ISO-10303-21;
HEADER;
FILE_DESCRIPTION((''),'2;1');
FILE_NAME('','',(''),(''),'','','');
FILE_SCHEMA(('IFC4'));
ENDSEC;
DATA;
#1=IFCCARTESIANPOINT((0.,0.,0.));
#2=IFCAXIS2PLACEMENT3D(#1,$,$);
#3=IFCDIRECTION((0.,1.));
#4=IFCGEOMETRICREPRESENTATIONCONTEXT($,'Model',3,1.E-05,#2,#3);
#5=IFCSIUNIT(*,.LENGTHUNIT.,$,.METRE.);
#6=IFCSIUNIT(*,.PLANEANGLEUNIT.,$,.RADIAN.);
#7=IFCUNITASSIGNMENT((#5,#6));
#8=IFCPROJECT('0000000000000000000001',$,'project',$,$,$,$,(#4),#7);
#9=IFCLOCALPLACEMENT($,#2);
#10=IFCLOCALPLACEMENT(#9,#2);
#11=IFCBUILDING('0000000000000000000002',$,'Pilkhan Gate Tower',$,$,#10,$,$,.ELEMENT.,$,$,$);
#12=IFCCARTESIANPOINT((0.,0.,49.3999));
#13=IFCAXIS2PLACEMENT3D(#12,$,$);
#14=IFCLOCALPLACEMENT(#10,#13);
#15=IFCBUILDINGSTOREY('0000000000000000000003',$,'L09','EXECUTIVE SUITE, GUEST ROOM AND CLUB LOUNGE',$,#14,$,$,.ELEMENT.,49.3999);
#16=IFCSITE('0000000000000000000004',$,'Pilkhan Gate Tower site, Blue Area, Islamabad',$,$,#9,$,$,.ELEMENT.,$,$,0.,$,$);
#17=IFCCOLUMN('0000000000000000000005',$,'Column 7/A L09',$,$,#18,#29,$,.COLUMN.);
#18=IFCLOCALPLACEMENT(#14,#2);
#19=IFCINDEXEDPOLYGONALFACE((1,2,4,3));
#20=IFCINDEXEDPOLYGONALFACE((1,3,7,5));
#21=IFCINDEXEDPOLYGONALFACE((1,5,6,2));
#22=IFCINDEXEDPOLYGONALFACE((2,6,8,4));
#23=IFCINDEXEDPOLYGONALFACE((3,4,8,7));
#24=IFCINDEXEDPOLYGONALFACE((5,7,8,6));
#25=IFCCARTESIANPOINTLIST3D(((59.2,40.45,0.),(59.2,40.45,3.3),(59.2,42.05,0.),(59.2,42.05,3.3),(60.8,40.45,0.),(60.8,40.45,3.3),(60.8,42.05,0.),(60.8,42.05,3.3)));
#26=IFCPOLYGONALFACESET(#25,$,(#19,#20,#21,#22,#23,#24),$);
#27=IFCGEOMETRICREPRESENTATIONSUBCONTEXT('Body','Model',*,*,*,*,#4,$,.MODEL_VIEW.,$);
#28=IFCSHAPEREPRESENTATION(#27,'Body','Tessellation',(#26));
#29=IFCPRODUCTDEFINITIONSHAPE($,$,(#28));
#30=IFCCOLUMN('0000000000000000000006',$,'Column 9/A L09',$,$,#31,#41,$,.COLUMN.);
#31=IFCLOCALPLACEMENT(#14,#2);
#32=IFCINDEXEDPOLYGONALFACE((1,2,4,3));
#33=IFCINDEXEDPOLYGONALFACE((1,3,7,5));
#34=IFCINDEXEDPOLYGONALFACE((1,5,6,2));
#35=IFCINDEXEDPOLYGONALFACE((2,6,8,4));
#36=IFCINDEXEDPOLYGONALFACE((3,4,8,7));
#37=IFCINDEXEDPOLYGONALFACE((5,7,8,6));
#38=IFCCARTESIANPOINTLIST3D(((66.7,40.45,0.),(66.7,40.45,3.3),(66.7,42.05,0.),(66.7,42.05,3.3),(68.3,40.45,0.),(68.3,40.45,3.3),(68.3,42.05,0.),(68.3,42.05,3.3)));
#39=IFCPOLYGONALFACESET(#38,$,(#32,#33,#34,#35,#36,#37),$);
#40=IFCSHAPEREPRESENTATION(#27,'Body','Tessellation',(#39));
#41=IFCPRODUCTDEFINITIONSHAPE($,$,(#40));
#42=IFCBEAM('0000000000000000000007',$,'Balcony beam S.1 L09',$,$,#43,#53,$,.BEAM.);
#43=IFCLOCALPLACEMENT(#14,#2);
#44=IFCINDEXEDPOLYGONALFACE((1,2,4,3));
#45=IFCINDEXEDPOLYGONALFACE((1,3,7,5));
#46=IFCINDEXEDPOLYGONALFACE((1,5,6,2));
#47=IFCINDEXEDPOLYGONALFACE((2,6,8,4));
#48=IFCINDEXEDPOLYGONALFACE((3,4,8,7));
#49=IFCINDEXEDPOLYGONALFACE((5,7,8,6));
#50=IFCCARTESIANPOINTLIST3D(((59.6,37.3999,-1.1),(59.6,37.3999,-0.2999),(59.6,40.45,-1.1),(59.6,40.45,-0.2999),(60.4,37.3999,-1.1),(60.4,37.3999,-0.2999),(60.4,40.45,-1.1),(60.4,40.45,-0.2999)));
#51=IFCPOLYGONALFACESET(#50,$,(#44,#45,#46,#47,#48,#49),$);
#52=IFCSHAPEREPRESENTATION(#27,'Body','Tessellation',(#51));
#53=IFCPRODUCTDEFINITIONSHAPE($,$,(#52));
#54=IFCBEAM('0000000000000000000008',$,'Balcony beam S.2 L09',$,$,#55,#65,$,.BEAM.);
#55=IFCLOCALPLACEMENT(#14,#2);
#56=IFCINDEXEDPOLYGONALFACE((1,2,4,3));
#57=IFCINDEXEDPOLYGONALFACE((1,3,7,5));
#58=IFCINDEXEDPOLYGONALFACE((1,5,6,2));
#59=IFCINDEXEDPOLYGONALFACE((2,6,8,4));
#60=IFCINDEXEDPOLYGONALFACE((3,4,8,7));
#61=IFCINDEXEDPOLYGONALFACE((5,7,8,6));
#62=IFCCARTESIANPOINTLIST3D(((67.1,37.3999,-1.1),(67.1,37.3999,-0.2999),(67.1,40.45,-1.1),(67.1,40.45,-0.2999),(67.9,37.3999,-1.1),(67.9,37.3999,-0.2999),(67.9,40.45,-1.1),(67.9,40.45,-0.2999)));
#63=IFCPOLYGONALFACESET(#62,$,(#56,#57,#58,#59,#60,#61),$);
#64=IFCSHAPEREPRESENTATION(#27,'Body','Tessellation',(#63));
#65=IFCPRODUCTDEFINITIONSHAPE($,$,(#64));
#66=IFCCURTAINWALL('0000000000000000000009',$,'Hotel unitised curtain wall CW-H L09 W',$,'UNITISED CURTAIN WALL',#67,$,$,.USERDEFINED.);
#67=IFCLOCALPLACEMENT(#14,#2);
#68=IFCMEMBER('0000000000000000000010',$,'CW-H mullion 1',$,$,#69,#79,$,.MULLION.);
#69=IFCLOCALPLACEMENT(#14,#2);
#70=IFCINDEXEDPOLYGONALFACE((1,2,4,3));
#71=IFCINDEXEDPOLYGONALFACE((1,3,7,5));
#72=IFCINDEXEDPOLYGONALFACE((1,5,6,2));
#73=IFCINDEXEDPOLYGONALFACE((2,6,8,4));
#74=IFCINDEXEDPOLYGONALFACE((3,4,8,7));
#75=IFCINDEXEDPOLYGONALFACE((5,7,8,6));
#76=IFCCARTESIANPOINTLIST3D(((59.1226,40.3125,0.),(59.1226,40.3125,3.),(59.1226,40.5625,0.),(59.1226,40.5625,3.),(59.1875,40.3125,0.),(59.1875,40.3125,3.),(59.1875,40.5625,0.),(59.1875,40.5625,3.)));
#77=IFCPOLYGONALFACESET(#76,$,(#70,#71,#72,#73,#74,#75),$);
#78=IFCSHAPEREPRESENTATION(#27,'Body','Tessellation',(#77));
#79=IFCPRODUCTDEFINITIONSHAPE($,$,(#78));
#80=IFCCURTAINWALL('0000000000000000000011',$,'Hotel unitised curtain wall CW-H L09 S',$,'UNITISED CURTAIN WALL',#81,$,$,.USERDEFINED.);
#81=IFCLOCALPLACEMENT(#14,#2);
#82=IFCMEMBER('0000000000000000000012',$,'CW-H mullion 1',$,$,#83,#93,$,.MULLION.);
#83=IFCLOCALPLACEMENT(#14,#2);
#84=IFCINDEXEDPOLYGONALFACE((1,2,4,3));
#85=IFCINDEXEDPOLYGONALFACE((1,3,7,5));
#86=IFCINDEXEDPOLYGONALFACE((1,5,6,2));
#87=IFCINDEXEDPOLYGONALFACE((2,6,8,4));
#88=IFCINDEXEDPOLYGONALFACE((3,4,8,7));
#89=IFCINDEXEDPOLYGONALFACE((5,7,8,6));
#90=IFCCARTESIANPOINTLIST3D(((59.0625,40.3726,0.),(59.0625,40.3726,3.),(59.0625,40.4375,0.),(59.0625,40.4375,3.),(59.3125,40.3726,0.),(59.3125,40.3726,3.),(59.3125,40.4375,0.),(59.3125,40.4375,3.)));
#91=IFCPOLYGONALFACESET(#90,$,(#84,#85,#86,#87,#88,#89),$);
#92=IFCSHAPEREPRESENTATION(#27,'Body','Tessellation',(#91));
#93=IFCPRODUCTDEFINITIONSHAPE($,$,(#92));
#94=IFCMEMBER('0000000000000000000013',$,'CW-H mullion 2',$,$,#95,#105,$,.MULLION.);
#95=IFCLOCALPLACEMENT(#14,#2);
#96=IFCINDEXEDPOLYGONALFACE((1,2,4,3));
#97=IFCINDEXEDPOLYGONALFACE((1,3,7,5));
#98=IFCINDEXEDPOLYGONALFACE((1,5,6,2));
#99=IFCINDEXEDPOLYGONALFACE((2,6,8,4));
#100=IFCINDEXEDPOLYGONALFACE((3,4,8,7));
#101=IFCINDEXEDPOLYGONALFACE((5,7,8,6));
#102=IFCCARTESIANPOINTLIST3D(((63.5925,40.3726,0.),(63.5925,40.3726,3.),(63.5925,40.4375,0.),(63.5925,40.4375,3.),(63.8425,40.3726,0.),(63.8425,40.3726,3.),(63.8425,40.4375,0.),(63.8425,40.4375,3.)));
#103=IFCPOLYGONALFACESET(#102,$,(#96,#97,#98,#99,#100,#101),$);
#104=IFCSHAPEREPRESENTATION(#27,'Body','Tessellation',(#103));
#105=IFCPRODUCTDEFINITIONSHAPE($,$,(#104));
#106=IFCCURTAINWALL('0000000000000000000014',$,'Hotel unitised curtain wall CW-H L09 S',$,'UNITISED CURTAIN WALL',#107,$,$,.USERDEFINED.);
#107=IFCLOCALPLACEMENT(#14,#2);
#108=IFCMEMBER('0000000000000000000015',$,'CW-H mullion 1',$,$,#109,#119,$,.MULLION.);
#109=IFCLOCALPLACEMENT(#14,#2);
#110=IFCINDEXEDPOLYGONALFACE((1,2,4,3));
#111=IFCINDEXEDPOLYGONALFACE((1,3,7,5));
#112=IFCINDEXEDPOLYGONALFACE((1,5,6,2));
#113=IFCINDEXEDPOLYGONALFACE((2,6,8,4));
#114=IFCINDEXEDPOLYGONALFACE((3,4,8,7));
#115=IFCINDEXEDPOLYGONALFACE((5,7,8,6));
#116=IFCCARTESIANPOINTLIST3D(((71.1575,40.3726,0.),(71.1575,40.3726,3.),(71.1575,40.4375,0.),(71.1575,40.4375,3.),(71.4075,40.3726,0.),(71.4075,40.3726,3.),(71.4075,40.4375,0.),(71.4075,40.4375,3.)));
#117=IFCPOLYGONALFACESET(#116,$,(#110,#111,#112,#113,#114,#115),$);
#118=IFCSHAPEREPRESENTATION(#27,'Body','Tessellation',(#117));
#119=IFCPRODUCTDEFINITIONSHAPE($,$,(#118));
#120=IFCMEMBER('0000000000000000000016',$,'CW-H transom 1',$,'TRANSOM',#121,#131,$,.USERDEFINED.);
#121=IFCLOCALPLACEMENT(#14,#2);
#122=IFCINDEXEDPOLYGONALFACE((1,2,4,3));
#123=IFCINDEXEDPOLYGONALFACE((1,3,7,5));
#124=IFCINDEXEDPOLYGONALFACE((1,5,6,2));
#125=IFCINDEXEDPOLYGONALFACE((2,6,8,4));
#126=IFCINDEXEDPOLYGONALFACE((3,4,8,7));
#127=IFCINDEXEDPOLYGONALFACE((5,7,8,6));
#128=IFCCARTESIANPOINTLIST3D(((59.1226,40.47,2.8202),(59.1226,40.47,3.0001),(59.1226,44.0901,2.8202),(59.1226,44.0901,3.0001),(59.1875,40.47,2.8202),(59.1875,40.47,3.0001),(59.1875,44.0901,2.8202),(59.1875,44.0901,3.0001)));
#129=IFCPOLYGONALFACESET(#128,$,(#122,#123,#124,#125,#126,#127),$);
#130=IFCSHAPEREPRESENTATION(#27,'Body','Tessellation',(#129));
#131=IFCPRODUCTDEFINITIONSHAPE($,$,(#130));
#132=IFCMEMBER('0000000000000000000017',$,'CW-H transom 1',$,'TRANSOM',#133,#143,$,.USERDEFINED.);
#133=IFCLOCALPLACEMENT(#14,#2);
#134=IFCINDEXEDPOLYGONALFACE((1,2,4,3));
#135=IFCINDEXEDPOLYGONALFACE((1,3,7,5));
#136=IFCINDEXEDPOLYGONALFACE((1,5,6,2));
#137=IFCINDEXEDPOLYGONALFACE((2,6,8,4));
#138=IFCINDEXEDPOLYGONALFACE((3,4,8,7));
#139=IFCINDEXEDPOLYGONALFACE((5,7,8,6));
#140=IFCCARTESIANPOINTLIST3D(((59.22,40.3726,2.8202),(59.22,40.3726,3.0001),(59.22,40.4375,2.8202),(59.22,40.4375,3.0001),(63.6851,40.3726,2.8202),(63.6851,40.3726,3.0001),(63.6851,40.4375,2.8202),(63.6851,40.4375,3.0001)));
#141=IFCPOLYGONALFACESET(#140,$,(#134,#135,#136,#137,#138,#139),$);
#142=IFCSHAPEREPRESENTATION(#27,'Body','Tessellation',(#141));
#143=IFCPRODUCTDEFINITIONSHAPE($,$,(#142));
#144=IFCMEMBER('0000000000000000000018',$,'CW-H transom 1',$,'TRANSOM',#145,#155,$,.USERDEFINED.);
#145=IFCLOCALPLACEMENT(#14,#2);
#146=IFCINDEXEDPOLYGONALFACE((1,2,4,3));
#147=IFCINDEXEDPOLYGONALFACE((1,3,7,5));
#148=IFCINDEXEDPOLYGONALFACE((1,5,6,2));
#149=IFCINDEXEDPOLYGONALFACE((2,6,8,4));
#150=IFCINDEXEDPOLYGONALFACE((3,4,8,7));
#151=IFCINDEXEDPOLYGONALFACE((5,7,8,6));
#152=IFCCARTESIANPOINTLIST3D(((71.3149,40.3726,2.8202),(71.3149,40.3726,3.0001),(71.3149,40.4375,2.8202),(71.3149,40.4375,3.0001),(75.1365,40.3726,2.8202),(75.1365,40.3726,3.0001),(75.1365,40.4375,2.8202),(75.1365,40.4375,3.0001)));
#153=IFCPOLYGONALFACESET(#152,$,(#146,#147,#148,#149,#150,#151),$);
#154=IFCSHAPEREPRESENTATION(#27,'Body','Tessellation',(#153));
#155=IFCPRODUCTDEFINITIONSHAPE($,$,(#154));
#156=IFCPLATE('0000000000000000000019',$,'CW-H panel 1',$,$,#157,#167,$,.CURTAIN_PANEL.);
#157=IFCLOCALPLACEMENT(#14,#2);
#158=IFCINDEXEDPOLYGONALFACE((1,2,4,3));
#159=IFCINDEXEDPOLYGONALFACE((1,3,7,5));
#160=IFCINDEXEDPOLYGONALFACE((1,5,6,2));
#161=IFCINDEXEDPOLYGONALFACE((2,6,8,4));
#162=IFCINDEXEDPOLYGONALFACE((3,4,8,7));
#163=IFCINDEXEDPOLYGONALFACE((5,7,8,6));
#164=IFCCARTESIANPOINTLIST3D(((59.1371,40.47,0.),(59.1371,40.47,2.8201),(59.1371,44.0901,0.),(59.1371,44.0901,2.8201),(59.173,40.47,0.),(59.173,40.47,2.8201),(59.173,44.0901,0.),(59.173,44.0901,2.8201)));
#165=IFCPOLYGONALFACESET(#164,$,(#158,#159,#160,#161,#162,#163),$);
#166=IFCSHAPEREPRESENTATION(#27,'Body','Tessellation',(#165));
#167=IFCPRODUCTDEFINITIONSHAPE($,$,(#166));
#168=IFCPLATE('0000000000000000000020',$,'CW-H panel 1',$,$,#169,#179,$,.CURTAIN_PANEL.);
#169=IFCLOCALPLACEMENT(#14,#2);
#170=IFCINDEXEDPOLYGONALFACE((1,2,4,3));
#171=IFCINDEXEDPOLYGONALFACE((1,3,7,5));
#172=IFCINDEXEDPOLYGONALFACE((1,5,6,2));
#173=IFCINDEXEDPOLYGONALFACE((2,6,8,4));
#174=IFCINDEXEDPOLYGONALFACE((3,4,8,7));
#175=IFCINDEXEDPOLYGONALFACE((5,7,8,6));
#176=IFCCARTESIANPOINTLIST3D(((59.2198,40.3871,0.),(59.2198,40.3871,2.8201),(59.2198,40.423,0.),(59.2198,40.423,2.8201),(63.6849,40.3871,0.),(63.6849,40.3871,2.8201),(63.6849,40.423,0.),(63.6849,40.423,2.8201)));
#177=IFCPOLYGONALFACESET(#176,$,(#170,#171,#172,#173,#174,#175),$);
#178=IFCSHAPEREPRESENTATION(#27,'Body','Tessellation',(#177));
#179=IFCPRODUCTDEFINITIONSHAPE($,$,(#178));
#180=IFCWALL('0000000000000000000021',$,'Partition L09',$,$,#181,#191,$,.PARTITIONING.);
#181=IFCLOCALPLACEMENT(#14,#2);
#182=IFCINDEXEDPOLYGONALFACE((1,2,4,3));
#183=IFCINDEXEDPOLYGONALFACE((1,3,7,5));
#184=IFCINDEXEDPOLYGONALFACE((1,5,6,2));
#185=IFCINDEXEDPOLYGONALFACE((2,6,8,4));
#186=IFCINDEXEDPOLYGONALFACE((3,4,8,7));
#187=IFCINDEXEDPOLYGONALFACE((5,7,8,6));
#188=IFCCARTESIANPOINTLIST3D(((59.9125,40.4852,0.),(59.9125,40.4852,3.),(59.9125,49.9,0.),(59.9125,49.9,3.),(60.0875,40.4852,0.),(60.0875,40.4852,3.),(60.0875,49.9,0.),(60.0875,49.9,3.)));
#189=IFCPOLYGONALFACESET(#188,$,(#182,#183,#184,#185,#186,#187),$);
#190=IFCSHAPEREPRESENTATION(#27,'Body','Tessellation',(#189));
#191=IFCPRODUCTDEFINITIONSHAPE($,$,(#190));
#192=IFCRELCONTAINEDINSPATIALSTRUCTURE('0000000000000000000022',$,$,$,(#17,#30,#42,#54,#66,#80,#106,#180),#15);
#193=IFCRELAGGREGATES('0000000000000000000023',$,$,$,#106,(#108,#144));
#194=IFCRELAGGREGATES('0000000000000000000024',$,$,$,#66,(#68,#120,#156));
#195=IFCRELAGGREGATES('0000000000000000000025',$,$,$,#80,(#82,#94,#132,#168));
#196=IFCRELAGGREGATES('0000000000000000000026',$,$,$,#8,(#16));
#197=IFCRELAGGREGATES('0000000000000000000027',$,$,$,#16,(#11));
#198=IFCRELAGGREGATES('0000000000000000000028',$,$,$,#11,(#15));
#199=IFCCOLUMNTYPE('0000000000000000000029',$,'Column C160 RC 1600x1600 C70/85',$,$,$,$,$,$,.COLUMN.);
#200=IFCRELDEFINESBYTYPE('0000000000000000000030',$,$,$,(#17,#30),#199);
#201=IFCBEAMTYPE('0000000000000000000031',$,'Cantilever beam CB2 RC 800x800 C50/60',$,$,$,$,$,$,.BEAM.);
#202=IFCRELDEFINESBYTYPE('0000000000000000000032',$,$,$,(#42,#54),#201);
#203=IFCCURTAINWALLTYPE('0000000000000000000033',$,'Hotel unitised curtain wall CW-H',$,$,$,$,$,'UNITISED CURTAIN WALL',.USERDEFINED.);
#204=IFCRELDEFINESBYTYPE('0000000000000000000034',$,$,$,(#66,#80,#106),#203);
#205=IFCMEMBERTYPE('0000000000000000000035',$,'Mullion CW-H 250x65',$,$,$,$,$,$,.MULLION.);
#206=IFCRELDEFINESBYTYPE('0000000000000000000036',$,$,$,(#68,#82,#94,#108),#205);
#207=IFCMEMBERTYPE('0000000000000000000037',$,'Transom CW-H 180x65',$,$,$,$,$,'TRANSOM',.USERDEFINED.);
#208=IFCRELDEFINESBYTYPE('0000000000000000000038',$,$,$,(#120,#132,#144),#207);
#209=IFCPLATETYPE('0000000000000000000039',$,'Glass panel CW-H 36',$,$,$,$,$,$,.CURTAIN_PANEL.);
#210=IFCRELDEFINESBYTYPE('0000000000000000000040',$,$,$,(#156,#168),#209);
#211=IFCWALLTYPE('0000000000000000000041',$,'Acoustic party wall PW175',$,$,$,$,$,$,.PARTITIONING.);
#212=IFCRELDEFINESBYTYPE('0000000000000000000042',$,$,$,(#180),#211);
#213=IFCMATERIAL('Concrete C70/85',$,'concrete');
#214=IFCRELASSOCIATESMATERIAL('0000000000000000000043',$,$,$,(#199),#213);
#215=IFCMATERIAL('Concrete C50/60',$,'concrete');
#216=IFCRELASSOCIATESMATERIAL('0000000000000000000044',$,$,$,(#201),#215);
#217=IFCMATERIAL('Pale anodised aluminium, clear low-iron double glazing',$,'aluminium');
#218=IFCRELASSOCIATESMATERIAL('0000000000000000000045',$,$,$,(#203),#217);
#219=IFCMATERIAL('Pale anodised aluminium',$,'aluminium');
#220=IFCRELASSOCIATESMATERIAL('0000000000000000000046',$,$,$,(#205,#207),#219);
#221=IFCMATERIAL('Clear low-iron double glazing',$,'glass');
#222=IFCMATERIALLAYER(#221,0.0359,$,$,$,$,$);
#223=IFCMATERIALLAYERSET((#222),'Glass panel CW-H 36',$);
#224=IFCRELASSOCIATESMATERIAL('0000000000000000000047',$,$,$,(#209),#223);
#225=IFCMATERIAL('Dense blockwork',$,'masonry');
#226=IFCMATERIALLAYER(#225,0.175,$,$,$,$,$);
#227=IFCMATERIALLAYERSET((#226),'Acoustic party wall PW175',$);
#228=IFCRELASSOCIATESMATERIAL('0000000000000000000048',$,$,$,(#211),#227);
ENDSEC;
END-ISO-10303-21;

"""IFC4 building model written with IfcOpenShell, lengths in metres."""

from ifc_helpers import new_model, si_unit, direction, frame, frame_2d, origin, origin_2d, place, context, subcontext, project, spatial, rectangle, extrude, material, layer, layer_set, material_profile, profile_set, type_object, element, aggregate, save


model = new_model("IFC4")

# Units and contexts
model_context = context("Model", 3, precision=1e-05, world=origin(), true_north=direction((0.0, 1.0)))
body_context = subcontext(model_context, "Body", "Model", "MODEL_VIEW")
ifc_project = project(units=[si_unit("LENGTHUNIT", "METRE"), si_unit("PLANEANGLEUNIT", "RADIAN")], contexts=[model_context])

# Site, building, storey
site_placement = place(None, origin())
site = spatial("IfcSite", under=ifc_project, at=site_placement, Name="Pilkhan Gate Tower site, Blue Area, Islamabad", CompositionType="ELEMENT", RefElevation=0.0)
building_placement = place(site_placement, origin())
building = spatial("IfcBuilding", under=site, at=building_placement, Name="Pilkhan Gate Tower", CompositionType="ELEMENT")
storey_placement = place(building_placement, frame((0.0, 0.0, 49.3999)))
storey = spatial("IfcBuildingStorey", under=building, at=storey_placement, Name="L09", Description="EXECUTIVE SUITE, GUEST ROOM AND CLUB LOUNGE", CompositionType="ELEMENT", Elevation=49.3999)

# Columns
ifc_material_1 = material(Name="Concrete C70/85", Category="concrete")
ifc_material_profile_1 = material_profile(ifc_material_1, rectangle(XDim=1.6001, YDim=1.6001, at=origin_2d()), Name="RC 1600x1600")
ifc_profile_set_1 = profile_set([ifc_material_profile_1], Name="Concrete C70/85")
column_type = type_object("IfcColumnType", Name="Column C160 RC 1600x1600 C70/85", PredefinedType="COLUMN", material=ifc_profile_set_1)
for number, where, z_axis, x_axis, name in (
    (1, (60.0, 41.25, 0.0), (0.0, 0.0, 1.0), (1.0, 0.0, 0.0), "Column 7/A L09"),
    (2, (67.5, 41.25, 0.0), (0.0, 0.0, 1.0), (1.0, 0.0, 0.0), "Column 9/A L09"),
):
    element("IfcColumn", number, at=place(storey_placement, frame(where, z_axis=z_axis, x_axis=x_axis)), inside=storey, type_object=column_type, Name=name, PredefinedType="COLUMN", context=body_context, shape_type="SweptSolid", body=[
        extrude(rectangle(XDim=1.6001, YDim=1.6001, at=origin_2d()), origin(), (0.0, 0.0, 1.0), 3.3),
    ])

# Beams
ifc_material_2 = material(Name="Concrete C50/60", Category="concrete")
ifc_material_profile_2 = material_profile(ifc_material_2, rectangle(XDim=0.8, YDim=0.8, at=origin_2d()), Name="RC 800x800")
ifc_profile_set_2 = profile_set([ifc_material_profile_2], Name="Concrete C50/60")
beam_type = type_object("IfcBeamType", Name="Cantilever beam CB2 RC 800x800 C50/60", PredefinedType="BEAM", material=ifc_profile_set_2)
for number, where, z_axis, x_axis, name in (
    (3, (60.0, 40.45, -0.7), (0.0, -1.0, 0.0), (1.0, 0.0, 0.0), "Balcony beam S.1 L09"),
    (4, (67.5, 40.45, -0.7), (0.0, -1.0, 0.0), (1.0, 0.0, 0.0), "Balcony beam S.2 L09"),
):
    element("IfcBeam", number, at=place(storey_placement, frame(where, z_axis=z_axis, x_axis=x_axis)), inside=storey, type_object=beam_type, Name=name, PredefinedType="BEAM", context=body_context, shape_type="SweptSolid", body=[
        extrude(rectangle(XDim=0.8, YDim=0.8, at=origin_2d()), origin(), (0.0, 0.0, 1.0), 3.05),
    ])

# Curtain wall, member
ifc_material_3 = material(Name="Pale anodised aluminium, clear low-iron double glazing", Category="aluminium")
curtain_wall_type = type_object("IfcCurtainWallType", Name="Hotel unitised curtain wall CW-H", ElementType="UNITISED CURTAIN WALL", PredefinedType="USERDEFINED", material=ifc_material_3)
curtain_wall_1_placement = place(storey_placement, origin())
curtain_wall_1 = element("IfcCurtainWall", 5, at=curtain_wall_1_placement, inside=storey, type_object=curtain_wall_type, Name="Hotel unitised curtain wall CW-H L09 W", ObjectType="UNITISED CURTAIN WALL", PredefinedType="USERDEFINED")
ifc_material_4 = material(Name="Pale anodised aluminium", Category="aluminium")
ifc_material_profile_3 = material_profile(ifc_material_4, rectangle(XDim=0.0649, YDim=0.25, at=origin_2d()), Name="Mullion 250x65")
ifc_profile_set_3 = profile_set([ifc_material_profile_3], Name="Pale anodised aluminium")
member_type_1 = type_object("IfcMemberType", Name="Mullion CW-H 250x65", PredefinedType="MULLION", material=ifc_profile_set_3)
member_1_placement = place(storey_placement, frame((59.155, 40.4375, 0.0), z_axis=(0.0, 0.0, 1.0), x_axis=(-1.0, 0.0, 0.0)))
member_1 = element("IfcMember", 6, at=member_1_placement, type_object=member_type_1, Name="CW-H mullion 1", PredefinedType="MULLION", context=body_context, shape_type="SweptSolid", body=[
    extrude(rectangle(XDim=0.0649, YDim=0.25, at=origin_2d()), origin(), (0.0, 0.0, 1.0), 3.0),
])

# Curtain wall, members
curtain_wall_2_placement = place(storey_placement, origin())
curtain_wall_2 = element("IfcCurtainWall", 7, at=curtain_wall_2_placement, inside=storey, type_object=curtain_wall_type, Name="Hotel unitised curtain wall CW-H L09 S", ObjectType="UNITISED CURTAIN WALL", PredefinedType="USERDEFINED")
member_2_placement = place(storey_placement, frame((59.1875, 40.405, 0.0), z_axis=(0.0, 0.0, 1.0), x_axis=(0.0, 1.0, 0.0)))
member_2 = element("IfcMember", 8, at=member_2_placement, type_object=member_type_1, Name="CW-H mullion 1", PredefinedType="MULLION", context=body_context, shape_type="SweptSolid", body=[
    extrude(rectangle(XDim=0.0649, YDim=0.25, at=origin_2d()), origin(), (0.0, 0.0, 1.0), 3.0),
])
member_3_placement = place(storey_placement, frame((63.7175, 40.405, 0.0), z_axis=(0.0, 0.0, 1.0), x_axis=(0.0, 1.0, 0.0)))
member_3 = element("IfcMember", 9, at=member_3_placement, type_object=member_type_1, Name="CW-H mullion 2", PredefinedType="MULLION", context=body_context, shape_type="SweptSolid", body=[
    extrude(rectangle(XDim=0.0649, YDim=0.25, at=origin_2d()), origin(), (0.0, 0.0, 1.0), 3.0),
])

# Curtain wall, member
curtain_wall_3_placement = place(storey_placement, origin())
curtain_wall_3 = element("IfcCurtainWall", 10, at=curtain_wall_3_placement, inside=storey, type_object=curtain_wall_type, Name="Hotel unitised curtain wall CW-H L09 S", ObjectType="UNITISED CURTAIN WALL", PredefinedType="USERDEFINED")
member_4_placement = place(storey_placement, frame((71.2825, 40.405, 0.0), z_axis=(0.0, 0.0, 1.0), x_axis=(0.0, 1.0, 0.0)))
member_4 = element("IfcMember", 11, at=member_4_placement, type_object=member_type_1, Name="CW-H mullion 1", PredefinedType="MULLION", context=body_context, shape_type="SweptSolid", body=[
    extrude(rectangle(XDim=0.0649, YDim=0.25, at=origin_2d()), origin(), (0.0, 0.0, 1.0), 3.0),
])

# Members
ifc_material_profile_4 = material_profile(ifc_material_4, rectangle(XDim=0.0649, YDim=0.1799, at=origin_2d()), Name="Transom 180x65")
ifc_profile_set_4 = profile_set([ifc_material_profile_4], Name="Pale anodised aluminium")
member_type_2 = type_object("IfcMemberType", Name="Transom CW-H 180x65", ElementType="TRANSOM", PredefinedType="USERDEFINED", material=ifc_profile_set_4)
member_5_placement = place(storey_placement, frame((59.155, 40.47, 2.9102), z_axis=(0.0, 1.0, 0.0), x_axis=(-1.0, 0.0, 0.0)))
member_5 = element("IfcMember", 12, at=member_5_placement, type_object=member_type_2, Name="CW-H transom 1", ObjectType="TRANSOM", PredefinedType="USERDEFINED", context=body_context, shape_type="SweptSolid", body=[
    extrude(rectangle(XDim=0.0649, YDim=0.1799, at=origin_2d()), origin(), (0.0, 0.0, 1.0), 3.6201),
])
member_6_placement = place(storey_placement, frame((59.22, 40.405, 2.9102), z_axis=(1.0, 0.0, 0.0), x_axis=(0.0, 1.0, 0.0)))
member_6 = element("IfcMember", 13, at=member_6_placement, type_object=member_type_2, Name="CW-H transom 1", ObjectType="TRANSOM", PredefinedType="USERDEFINED", context=body_context, shape_type="SweptSolid", body=[
    extrude(rectangle(XDim=0.0649, YDim=0.1799, at=origin_2d()), origin(), (0.0, 0.0, 1.0), 4.4651),
])
member_7_placement = place(storey_placement, frame((71.3149, 40.405, 2.9102), z_axis=(1.0, 0.0, 0.0), x_axis=(0.0, 1.0, 0.0)))
member_7 = element("IfcMember", 14, at=member_7_placement, type_object=member_type_2, Name="CW-H transom 1", ObjectType="TRANSOM", PredefinedType="USERDEFINED", context=body_context, shape_type="SweptSolid", body=[
    extrude(rectangle(XDim=0.0649, YDim=0.1799, at=origin_2d()), origin(), (0.0, 0.0, 1.0), 3.8215),
])
aggregate(curtain_wall_3, [member_4, member_7])

# Plates
ifc_material_5 = material(Name="Clear low-iron double glazing", Category="glass")
ifc_layer_1 = layer(ifc_material_5, 0.0359)
ifc_layer_set_1 = layer_set([ifc_layer_1], Name="Glass panel CW-H 36")
plate_type = type_object("IfcPlateType", Name="Glass panel CW-H 36", PredefinedType="CURTAIN_PANEL", material=ifc_layer_set_1)
plate_1_placement = place(storey_placement, frame((59.155, 42.28, 0.0), z_axis=(0.0, 0.0, 1.0), x_axis=(0.0, 1.0, 0.0)))
plate_1 = element("IfcPlate", 15, at=plate_1_placement, type_object=plate_type, Name="CW-H panel 1", PredefinedType="CURTAIN_PANEL", context=body_context, shape_type="SweptSolid", body=[
    extrude(rectangle(XDim=3.6201, YDim=0.0359, at=origin_2d()), origin(), (0.0, 0.0, 1.0), 2.8201),
])
aggregate(curtain_wall_1, [member_1, member_5, plate_1])
plate_2_placement = place(storey_placement, frame((61.4524, 40.405, 0.0), z_axis=(0.0, 0.0, 1.0), x_axis=(1.0, 0.0, 0.0)))
plate_2 = element("IfcPlate", 16, at=plate_2_placement, type_object=plate_type, Name="CW-H panel 1", PredefinedType="CURTAIN_PANEL", context=body_context, shape_type="SweptSolid", body=[
    extrude(rectangle(XDim=4.4651, YDim=0.0359, at=origin_2d()), origin(), (0.0, 0.0, 1.0), 2.8201),
])
aggregate(curtain_wall_2, [member_2, member_3, member_6, plate_2])

# Wall
ifc_material_6 = material(Name="Dense blockwork", Category="masonry")
ifc_layer_2 = layer(ifc_material_6, 0.175)
ifc_layer_set_2 = layer_set([ifc_layer_2], Name="Acoustic party wall PW175")
wall_type_1 = type_object("IfcWallType", Name="Acoustic party wall PW175", PredefinedType="PARTITIONING", material=ifc_layer_set_2)
wall_1_placement = place(storey_placement, frame((60.0, 40.4851, 0.0), z_axis=(0.0, 0.0, 1.0), x_axis=(0.0, 1.0, 0.0)))
element("IfcWall", 17, at=wall_1_placement, inside=storey, type_object=wall_type_1, Name="Partition L09", PredefinedType="PARTITIONING", context=body_context, shape_type="SweptSolid", body=[
    extrude(rectangle(XDim=9.4148, YDim=0.175, at=frame_2d((4.7075, 0.0))), origin(), (0.0, 0.0, 1.0), 3.0),
])

save(model, "model.ifc")
